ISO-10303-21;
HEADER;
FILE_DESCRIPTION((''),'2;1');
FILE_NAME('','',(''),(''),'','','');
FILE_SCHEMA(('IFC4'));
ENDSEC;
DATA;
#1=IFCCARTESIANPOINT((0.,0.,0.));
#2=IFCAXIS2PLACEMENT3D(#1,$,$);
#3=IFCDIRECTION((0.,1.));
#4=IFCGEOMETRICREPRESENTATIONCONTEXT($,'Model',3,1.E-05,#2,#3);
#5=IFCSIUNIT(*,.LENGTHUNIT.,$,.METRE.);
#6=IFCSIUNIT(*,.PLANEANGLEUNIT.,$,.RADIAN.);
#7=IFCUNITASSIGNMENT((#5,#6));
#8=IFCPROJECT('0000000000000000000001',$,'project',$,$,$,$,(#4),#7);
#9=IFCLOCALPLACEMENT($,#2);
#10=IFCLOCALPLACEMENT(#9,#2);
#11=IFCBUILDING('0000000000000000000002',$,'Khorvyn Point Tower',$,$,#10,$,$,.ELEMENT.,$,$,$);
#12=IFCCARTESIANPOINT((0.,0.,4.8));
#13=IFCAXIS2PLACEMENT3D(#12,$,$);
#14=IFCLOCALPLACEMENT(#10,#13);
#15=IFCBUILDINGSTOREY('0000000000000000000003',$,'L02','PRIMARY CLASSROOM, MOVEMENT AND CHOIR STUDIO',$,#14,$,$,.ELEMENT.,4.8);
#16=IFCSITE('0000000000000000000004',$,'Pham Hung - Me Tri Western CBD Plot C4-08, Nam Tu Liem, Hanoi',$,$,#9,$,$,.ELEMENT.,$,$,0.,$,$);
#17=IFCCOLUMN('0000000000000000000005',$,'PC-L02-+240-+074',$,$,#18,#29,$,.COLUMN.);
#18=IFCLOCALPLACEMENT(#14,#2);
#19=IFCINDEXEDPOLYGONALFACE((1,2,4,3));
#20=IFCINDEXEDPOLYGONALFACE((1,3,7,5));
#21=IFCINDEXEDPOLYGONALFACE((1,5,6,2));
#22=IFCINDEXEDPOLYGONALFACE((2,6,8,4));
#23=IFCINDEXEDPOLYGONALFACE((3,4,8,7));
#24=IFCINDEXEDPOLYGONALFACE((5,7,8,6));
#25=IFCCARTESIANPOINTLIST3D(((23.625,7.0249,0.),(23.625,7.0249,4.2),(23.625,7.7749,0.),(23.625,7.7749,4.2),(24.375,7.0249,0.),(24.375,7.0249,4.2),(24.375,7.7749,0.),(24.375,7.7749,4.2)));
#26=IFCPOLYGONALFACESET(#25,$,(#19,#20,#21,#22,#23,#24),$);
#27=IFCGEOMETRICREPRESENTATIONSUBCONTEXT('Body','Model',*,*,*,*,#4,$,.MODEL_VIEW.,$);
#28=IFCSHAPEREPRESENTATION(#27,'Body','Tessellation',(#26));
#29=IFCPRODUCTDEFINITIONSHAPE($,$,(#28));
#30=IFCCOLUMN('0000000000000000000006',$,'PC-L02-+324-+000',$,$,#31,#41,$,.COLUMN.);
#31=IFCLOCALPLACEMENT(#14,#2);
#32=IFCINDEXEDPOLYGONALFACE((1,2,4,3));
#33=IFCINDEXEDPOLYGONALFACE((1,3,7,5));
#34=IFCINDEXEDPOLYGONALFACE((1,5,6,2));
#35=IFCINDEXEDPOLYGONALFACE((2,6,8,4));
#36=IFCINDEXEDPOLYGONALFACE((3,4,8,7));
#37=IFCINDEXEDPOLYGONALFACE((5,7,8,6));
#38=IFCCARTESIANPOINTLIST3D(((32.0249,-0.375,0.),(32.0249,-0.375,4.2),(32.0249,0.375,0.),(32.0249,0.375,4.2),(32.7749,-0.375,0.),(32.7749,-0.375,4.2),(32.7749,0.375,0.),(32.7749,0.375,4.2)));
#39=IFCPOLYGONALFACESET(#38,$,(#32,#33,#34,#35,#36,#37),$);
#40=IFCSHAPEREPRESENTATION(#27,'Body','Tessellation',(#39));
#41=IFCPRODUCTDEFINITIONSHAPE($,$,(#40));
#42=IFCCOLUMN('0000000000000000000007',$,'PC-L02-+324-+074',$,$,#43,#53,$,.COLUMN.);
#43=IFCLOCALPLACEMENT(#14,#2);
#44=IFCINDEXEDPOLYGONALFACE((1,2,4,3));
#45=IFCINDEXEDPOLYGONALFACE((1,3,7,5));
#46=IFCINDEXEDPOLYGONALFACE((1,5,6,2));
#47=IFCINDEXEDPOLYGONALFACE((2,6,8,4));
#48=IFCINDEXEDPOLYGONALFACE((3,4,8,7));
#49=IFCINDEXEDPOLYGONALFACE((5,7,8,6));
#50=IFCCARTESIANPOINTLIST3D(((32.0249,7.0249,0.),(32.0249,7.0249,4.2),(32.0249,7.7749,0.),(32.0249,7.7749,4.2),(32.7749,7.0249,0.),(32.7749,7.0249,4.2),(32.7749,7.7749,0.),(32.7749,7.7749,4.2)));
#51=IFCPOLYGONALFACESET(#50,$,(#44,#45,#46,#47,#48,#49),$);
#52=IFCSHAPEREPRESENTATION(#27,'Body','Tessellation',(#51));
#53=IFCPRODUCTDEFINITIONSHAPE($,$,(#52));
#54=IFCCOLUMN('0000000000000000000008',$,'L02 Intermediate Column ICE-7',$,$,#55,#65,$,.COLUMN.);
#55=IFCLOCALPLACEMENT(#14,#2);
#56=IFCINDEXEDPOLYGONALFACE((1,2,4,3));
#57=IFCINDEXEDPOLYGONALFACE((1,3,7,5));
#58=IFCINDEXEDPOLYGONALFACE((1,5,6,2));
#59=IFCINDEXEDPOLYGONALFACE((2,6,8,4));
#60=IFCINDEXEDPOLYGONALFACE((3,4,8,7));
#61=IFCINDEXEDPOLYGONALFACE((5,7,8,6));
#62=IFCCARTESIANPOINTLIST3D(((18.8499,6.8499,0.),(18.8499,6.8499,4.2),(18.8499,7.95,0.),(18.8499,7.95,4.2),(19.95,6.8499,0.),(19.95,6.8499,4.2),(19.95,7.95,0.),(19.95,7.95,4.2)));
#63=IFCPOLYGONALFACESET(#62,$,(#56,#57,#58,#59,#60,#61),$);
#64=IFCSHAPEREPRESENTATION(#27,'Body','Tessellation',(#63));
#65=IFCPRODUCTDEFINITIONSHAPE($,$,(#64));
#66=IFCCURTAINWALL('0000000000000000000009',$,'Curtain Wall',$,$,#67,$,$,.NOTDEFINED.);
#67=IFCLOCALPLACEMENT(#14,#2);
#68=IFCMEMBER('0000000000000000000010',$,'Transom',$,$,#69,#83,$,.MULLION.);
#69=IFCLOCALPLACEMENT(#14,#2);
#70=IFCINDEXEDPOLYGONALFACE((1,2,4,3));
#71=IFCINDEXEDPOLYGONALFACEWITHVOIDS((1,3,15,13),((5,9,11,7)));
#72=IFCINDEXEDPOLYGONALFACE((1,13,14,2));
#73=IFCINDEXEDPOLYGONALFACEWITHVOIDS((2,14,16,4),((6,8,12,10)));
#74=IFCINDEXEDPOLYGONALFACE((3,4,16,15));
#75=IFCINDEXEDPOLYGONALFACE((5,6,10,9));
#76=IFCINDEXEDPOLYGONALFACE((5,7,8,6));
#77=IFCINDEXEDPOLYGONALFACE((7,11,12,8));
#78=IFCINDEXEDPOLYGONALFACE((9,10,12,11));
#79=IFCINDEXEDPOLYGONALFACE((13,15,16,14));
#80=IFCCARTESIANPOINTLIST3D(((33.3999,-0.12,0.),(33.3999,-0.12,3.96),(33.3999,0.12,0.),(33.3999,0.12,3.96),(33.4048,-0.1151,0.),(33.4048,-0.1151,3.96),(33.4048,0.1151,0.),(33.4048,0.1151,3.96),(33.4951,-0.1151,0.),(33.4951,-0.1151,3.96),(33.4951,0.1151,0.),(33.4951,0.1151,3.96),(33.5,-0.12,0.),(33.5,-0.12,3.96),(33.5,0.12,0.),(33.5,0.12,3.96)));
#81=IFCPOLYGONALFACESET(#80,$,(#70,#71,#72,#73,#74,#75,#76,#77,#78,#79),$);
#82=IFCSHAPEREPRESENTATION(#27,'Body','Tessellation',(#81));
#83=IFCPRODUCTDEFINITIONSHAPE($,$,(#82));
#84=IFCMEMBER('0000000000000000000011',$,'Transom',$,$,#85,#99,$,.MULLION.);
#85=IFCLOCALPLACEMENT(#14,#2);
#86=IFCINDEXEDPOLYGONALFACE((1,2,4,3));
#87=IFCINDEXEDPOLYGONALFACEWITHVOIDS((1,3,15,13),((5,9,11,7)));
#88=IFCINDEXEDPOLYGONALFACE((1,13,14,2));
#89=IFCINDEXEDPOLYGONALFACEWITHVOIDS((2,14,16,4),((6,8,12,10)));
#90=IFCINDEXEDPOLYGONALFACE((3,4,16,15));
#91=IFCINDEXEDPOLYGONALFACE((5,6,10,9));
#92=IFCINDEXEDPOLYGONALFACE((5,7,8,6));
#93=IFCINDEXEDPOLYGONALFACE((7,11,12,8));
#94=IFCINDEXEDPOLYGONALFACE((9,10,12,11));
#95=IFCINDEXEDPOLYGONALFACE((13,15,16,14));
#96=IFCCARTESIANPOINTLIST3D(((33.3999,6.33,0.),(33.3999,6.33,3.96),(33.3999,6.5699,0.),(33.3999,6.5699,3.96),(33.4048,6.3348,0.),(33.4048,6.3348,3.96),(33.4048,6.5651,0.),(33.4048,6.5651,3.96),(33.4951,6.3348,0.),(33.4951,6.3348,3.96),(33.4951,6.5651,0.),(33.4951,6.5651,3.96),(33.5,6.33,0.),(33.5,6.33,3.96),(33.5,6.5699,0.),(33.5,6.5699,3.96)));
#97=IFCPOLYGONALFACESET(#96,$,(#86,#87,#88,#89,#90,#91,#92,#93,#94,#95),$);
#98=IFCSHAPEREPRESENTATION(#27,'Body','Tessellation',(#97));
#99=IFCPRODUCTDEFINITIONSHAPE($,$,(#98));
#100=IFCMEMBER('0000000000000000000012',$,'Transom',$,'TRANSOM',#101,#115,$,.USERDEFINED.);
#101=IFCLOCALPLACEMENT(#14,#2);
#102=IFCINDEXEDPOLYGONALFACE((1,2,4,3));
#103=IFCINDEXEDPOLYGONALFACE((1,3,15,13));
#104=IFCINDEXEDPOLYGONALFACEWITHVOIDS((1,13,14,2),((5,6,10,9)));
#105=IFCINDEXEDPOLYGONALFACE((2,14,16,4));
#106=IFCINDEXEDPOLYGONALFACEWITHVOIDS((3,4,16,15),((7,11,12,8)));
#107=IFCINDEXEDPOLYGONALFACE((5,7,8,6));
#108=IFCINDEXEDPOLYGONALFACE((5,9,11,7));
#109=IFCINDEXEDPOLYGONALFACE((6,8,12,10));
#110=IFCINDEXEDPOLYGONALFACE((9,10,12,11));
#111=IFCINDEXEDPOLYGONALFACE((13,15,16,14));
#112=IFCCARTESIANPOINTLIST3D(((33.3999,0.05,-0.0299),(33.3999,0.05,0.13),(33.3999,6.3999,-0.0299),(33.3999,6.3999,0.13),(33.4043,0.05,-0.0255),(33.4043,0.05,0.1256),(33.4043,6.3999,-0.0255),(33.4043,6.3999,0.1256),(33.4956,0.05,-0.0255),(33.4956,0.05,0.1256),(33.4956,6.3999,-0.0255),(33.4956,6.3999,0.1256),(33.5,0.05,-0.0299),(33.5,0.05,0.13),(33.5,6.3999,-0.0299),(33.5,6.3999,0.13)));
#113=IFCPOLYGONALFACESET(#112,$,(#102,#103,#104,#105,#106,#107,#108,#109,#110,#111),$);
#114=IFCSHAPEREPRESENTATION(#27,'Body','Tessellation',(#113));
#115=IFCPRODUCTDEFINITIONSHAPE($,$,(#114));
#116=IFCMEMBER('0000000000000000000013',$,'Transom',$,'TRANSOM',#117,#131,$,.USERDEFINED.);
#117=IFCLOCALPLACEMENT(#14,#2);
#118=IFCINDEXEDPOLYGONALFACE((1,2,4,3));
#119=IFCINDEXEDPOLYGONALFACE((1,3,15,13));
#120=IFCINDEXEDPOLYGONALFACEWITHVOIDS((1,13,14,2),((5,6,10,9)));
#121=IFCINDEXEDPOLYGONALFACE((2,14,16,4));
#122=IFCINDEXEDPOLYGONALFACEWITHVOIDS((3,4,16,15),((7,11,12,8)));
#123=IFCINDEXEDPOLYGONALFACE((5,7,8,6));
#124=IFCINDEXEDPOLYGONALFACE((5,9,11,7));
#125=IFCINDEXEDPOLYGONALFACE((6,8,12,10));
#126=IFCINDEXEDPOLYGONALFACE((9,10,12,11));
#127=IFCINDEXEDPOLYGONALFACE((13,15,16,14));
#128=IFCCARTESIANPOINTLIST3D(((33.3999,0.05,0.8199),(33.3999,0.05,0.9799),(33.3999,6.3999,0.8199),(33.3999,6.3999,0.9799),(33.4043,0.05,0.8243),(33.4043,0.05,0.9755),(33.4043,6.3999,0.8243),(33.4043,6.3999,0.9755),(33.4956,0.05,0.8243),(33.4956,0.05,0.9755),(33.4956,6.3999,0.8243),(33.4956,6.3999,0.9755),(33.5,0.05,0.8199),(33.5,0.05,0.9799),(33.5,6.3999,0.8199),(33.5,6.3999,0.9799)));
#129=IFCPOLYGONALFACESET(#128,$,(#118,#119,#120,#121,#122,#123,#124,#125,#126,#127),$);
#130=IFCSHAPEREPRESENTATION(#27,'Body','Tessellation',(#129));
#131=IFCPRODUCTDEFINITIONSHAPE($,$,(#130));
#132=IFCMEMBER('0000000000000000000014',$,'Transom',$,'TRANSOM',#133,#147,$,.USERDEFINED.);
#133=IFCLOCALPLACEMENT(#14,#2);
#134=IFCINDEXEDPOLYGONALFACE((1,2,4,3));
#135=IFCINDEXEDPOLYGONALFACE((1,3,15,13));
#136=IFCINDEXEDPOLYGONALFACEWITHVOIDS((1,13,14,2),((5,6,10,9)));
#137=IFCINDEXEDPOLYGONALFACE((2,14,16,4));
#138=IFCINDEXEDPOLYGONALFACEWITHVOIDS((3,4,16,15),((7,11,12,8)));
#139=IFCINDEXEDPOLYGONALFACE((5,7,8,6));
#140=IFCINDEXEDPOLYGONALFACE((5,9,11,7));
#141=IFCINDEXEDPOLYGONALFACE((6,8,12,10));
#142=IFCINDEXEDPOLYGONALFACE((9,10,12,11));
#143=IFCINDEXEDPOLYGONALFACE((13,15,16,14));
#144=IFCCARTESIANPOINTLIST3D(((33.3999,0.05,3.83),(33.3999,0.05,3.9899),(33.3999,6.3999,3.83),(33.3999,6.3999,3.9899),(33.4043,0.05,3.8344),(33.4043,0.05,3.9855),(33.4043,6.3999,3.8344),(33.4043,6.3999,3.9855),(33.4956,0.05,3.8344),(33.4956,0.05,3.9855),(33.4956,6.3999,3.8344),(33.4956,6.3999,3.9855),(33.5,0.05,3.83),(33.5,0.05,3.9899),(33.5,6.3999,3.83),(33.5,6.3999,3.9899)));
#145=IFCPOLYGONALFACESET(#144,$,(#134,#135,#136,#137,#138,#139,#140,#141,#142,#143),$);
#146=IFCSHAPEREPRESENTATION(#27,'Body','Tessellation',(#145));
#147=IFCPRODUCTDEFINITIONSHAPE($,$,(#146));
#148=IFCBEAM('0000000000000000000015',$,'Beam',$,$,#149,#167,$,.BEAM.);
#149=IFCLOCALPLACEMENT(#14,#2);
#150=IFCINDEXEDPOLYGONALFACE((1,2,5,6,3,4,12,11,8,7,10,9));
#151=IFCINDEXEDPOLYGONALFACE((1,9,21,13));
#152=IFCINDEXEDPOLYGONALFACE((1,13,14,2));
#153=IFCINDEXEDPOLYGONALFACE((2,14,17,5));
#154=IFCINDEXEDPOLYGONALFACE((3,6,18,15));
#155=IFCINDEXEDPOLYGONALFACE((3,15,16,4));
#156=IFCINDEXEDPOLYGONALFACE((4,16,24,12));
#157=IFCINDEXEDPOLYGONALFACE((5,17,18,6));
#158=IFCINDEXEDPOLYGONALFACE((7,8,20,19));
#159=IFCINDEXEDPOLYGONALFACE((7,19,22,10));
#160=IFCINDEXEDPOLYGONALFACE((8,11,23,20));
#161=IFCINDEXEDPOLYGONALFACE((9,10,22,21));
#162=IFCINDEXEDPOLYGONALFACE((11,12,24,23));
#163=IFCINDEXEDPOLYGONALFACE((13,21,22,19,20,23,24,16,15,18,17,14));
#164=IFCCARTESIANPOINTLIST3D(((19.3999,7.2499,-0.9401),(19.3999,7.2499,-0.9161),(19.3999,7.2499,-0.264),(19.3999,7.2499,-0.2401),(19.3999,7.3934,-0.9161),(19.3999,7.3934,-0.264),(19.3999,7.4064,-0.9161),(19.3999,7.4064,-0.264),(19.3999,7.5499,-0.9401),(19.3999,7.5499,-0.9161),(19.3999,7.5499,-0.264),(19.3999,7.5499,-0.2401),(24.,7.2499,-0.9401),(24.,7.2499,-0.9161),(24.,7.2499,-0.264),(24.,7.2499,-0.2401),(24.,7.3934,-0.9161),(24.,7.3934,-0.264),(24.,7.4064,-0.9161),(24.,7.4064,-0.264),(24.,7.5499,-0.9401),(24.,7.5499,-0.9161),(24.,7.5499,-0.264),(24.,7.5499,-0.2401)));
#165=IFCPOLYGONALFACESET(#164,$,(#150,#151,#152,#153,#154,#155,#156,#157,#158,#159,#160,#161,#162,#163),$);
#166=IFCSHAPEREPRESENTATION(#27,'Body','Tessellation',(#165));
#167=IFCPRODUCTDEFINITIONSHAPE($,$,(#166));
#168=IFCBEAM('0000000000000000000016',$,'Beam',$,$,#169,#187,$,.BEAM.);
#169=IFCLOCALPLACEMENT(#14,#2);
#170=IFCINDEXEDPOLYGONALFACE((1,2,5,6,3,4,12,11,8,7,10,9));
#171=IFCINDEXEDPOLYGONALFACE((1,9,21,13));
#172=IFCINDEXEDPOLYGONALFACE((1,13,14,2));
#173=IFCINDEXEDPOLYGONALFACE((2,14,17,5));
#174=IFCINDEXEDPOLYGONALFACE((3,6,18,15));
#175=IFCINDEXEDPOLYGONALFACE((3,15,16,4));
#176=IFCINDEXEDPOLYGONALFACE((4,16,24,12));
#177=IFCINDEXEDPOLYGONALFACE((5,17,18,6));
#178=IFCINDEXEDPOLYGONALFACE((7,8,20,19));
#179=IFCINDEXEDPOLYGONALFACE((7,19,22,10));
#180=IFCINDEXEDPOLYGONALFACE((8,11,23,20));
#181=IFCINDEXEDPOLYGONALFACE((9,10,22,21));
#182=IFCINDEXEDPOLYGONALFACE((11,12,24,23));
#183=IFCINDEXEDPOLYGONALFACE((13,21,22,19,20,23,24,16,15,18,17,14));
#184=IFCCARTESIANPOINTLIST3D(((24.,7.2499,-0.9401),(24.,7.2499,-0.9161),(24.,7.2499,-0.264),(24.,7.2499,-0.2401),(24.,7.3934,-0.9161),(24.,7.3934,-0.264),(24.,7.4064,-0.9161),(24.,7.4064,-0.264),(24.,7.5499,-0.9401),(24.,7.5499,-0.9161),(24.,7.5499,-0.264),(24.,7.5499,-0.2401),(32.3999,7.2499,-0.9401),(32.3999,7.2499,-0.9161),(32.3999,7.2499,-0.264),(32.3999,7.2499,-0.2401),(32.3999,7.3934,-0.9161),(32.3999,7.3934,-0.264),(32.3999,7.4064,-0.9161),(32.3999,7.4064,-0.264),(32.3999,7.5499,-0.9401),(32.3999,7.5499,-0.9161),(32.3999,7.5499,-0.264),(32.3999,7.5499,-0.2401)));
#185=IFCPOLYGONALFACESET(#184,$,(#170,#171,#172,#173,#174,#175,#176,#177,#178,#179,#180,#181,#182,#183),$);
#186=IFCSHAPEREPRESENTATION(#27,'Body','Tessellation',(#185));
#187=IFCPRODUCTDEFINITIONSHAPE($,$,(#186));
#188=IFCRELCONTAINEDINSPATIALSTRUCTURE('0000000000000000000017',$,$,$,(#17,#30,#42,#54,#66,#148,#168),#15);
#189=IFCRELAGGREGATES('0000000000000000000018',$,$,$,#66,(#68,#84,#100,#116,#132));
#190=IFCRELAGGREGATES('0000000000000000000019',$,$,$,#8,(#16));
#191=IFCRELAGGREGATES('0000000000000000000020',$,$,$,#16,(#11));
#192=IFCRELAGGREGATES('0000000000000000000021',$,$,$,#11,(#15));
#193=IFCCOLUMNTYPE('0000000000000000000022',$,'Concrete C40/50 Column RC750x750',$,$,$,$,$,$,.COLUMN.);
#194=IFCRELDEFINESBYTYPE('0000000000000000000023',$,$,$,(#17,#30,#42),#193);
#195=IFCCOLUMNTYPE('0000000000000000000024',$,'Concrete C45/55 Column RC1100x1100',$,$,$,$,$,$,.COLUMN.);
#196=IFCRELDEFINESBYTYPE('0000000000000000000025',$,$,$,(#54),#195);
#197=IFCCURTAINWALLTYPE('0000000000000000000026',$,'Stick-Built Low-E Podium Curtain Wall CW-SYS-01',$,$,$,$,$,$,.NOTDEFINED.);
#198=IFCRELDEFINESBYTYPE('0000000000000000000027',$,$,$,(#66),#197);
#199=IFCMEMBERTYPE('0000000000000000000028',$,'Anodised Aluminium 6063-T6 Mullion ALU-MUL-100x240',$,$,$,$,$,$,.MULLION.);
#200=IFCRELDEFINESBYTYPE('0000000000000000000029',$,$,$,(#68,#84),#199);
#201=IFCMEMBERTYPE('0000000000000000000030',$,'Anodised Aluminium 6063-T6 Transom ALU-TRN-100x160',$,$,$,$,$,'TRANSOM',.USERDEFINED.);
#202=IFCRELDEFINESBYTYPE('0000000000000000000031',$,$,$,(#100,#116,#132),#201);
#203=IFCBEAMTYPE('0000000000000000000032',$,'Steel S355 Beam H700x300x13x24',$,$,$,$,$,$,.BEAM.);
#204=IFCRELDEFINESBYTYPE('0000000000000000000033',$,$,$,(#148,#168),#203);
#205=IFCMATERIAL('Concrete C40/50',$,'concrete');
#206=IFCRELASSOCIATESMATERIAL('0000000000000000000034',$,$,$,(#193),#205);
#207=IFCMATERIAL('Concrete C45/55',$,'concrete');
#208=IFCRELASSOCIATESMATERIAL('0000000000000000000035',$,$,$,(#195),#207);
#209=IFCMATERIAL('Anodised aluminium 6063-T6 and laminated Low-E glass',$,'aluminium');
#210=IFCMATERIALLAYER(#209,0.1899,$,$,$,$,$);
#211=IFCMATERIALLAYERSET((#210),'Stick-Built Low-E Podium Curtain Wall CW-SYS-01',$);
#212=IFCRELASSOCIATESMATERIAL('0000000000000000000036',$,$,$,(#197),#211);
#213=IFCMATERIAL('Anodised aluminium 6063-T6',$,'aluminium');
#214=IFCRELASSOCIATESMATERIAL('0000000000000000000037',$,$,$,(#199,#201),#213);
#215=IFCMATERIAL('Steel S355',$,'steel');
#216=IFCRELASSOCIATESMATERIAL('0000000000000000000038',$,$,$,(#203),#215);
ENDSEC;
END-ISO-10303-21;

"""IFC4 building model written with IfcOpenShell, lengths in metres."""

from ifc_helpers import new_model, si_unit, direction, frame, origin, origin_2d, place, context, subcontext, project, spatial, rectangle, hollow_rectangle, i_section, extrude, material, layer, layer_set, material_profile, profile_set, type_object, element, aggregate, save


model = new_model("IFC4")

# Units and contexts
model_context = context("Model", 3, precision=1e-05, world=origin(), true_north=direction((0.0, 1.0)))
body_context = subcontext(model_context, "Body", "Model", "MODEL_VIEW")
ifc_project = project(units=[si_unit("LENGTHUNIT", "METRE"), si_unit("PLANEANGLEUNIT", "RADIAN")], contexts=[model_context])

# Site, building, storey
site_placement = place(None, origin())
site = spatial("IfcSite", under=ifc_project, at=site_placement, Name="Pham Hung - Me Tri Western CBD Plot C4-08, Nam Tu Liem, Hanoi", CompositionType="ELEMENT", RefElevation=0.0)
building_placement = place(site_placement, origin())
building = spatial("IfcBuilding", under=site, at=building_placement, Name="Khorvyn Point Tower", CompositionType="ELEMENT")
storey_placement = place(building_placement, frame((0.0, 0.0, 4.8)))
storey = spatial("IfcBuildingStorey", under=building, at=storey_placement, Name="L02", Description="PRIMARY CLASSROOM, MOVEMENT AND CHOIR STUDIO", CompositionType="ELEMENT", Elevation=4.8)

# Columns
ifc_material_1 = material(Name="Concrete C40/50", Category="concrete")
ifc_material_profile_1 = material_profile(ifc_material_1, rectangle(XDim=0.75, YDim=0.75, at=origin_2d()))
ifc_profile_set_1 = profile_set([ifc_material_profile_1], Name="Concrete C40/50 RC750x750")
column_type_1 = type_object("IfcColumnType", Name="Concrete C40/50 Column RC750x750", PredefinedType="COLUMN", material=ifc_profile_set_1)
for number, where, z_axis, x_axis, name in (
    (1, (24.0, 7.3999, 0.0), (0.0, 0.0, 1.0), (1.0, 0.0, 0.0), "PC-L02-+240-+074"),
    (2, (32.3999, 0.0, 0.0), (0.0, 0.0, 1.0), (1.0, 0.0, 0.0), "PC-L02-+324-+000"),
    (3, (32.3999, 7.3999, 0.0), (0.0, 0.0, 1.0), (1.0, 0.0, 0.0), "PC-L02-+324-+074"),
):
    element("IfcColumn", number, at=place(storey_placement, frame(where, z_axis=z_axis, x_axis=x_axis)), inside=storey, type_object=column_type_1, Name=name, PredefinedType="COLUMN", context=body_context, shape_type="SweptSolid", body=[
        extrude(rectangle(XDim=0.75, YDim=0.75, at=origin_2d()), origin(), (0.0, 0.0, 1.0), 4.2),
    ])
ifc_material_2 = material(Name="Concrete C45/55", Category="concrete")
ifc_material_profile_2 = material_profile(ifc_material_2, rectangle(XDim=1.1001, YDim=1.1001, at=origin_2d()))
ifc_profile_set_2 = profile_set([ifc_material_profile_2], Name="Concrete C45/55 RC1100x1100")
column_type_2 = type_object("IfcColumnType", Name="Concrete C45/55 Column RC1100x1100", PredefinedType="COLUMN", material=ifc_profile_set_2)
column_placement = place(storey_placement, frame((19.3999, 7.3999, 0.0), z_axis=(0.0, 0.0, 1.0), x_axis=(1.0, 0.0, 0.0)))
element("IfcColumn", 4, at=column_placement, inside=storey, type_object=column_type_2, Name="L02 Intermediate Column ICE-7", PredefinedType="COLUMN", context=body_context, shape_type="SweptSolid", body=[
    extrude(rectangle(XDim=1.1001, YDim=1.1001, at=origin_2d()), origin(), (0.0, 0.0, 1.0), 4.2),
])

# Curtain wall, members
ifc_material_3 = material(Name="Anodised aluminium 6063-T6 and laminated Low-E glass", Category="aluminium")
ifc_layer_1 = layer(ifc_material_3, 0.1899)
ifc_layer_set_1 = layer_set([ifc_layer_1], Name="Stick-Built Low-E Podium Curtain Wall CW-SYS-01")
curtain_wall_type = type_object("IfcCurtainWallType", Name="Stick-Built Low-E Podium Curtain Wall CW-SYS-01", PredefinedType="NOTDEFINED", material=ifc_layer_set_1)
curtain_wall_placement = place(storey_placement, origin())
curtain_wall = element("IfcCurtainWall", 5, at=curtain_wall_placement, inside=storey, type_object=curtain_wall_type, Name="Curtain Wall", PredefinedType="NOTDEFINED")
ifc_material_4 = material(Name="Anodised aluminium 6063-T6", Category="aluminium")
ifc_material_profile_3 = material_profile(ifc_material_4, hollow_rectangle(XDim=0.1001, YDim=0.24, WallThickness=0.0049, at=origin_2d()))
ifc_profile_set_3 = profile_set([ifc_material_profile_3], Name="Anodised aluminium 6063-T6 ALU-MUL-100x240")
member_type_1 = type_object("IfcMemberType", Name="Anodised Aluminium 6063-T6 Mullion ALU-MUL-100x240", PredefinedType="MULLION", material=ifc_profile_set_3)
member_1_placement = place(storey_placement, frame((33.45, 0.0, 0.0), z_axis=(0.0, 0.0, 1.0), x_axis=(-1.0, 0.0, 0.0)))
member_1 = element("IfcMember", 6, at=member_1_placement, type_object=member_type_1, Name="Transom", PredefinedType="MULLION", context=body_context, shape_type="SweptSolid", body=[
    extrude(hollow_rectangle(XDim=0.1001, YDim=0.24, WallThickness=0.0049, at=origin_2d()), origin(), (0.0, 0.0, 1.0), 3.96),
])
member_2_placement = place(storey_placement, frame((33.45, 6.45, 0.0), z_axis=(0.0, 0.0, 1.0), x_axis=(-1.0, 0.0, 0.0)))
member_2 = element("IfcMember", 7, at=member_2_placement, type_object=member_type_1, Name="Transom", PredefinedType="MULLION", context=body_context, shape_type="SweptSolid", body=[
    extrude(hollow_rectangle(XDim=0.1001, YDim=0.24, WallThickness=0.0049, at=origin_2d()), origin(), (0.0, 0.0, 1.0), 3.96),
])
ifc_material_profile_4 = material_profile(ifc_material_4, hollow_rectangle(XDim=0.1001, YDim=0.1599, WallThickness=0.0044, at=origin_2d()))
ifc_profile_set_4 = profile_set([ifc_material_profile_4], Name="Anodised aluminium 6063-T6 ALU-TRN-100x160")
member_type_2 = type_object("IfcMemberType", Name="Anodised Aluminium 6063-T6 Transom ALU-TRN-100x160", ElementType="TRANSOM", PredefinedType="USERDEFINED", material=ifc_profile_set_4)
member_3_placement = place(storey_placement, frame((33.45, 0.05, 0.05), z_axis=(0.0, 1.0, 0.0), x_axis=(-1.0, 0.0, 0.0)))
member_3 = element("IfcMember", 8, at=member_3_placement, type_object=member_type_2, Name="Transom", ObjectType="TRANSOM", PredefinedType="USERDEFINED", context=body_context, shape_type="SweptSolid", body=[
    extrude(hollow_rectangle(XDim=0.1001, YDim=0.1599, WallThickness=0.0044, at=origin_2d()), origin(), (0.0, 0.0, 1.0), 6.3499),
])
member_4_placement = place(storey_placement, frame((33.45, 0.05, 0.8999), z_axis=(0.0, 1.0, 0.0), x_axis=(-1.0, 0.0, 0.0)))
member_4 = element("IfcMember", 9, at=member_4_placement, type_object=member_type_2, Name="Transom", ObjectType="TRANSOM", PredefinedType="USERDEFINED", context=body_context, shape_type="SweptSolid", body=[
    extrude(hollow_rectangle(XDim=0.1001, YDim=0.1599, WallThickness=0.0044, at=origin_2d()), origin(), (0.0, 0.0, 1.0), 6.3499),
])
member_5_placement = place(storey_placement, frame((33.45, 0.05, 3.9099), z_axis=(0.0, 1.0, 0.0), x_axis=(-1.0, 0.0, 0.0)))
member_5 = element("IfcMember", 10, at=member_5_placement, type_object=member_type_2, Name="Transom", ObjectType="TRANSOM", PredefinedType="USERDEFINED", context=body_context, shape_type="SweptSolid", body=[
    extrude(hollow_rectangle(XDim=0.1001, YDim=0.1599, WallThickness=0.0044, at=origin_2d()), origin(), (0.0, 0.0, 1.0), 6.3499),
])

# Beams
ifc_material_5 = material(Name="Steel S355", Category="steel")
ifc_material_profile_5 = material_profile(ifc_material_5, i_section(OverallWidth=0.3, OverallDepth=0.7, WebThickness=0.0129, FlangeThickness=0.0239, at=origin_2d()))
ifc_profile_set_5 = profile_set([ifc_material_profile_5], Name="Steel S355 H700x300x13x24")
beam_type_1 = type_object("IfcBeamType", Name="Steel S355 Beam H700x300x13x24", PredefinedType="BEAM", material=ifc_profile_set_5)
beam_1_placement = place(storey_placement, frame((19.3999, 7.3999, -0.5901), z_axis=(1.0, 0.0, 0.0), x_axis=(0.0, 1.0, 0.0)))
element("IfcBeam", 11, at=beam_1_placement, inside=storey, type_object=beam_type_1, Name="Beam", PredefinedType="BEAM", context=body_context, shape_type="SweptSolid", body=[
    extrude(i_section(OverallWidth=0.3, OverallDepth=0.7, WebThickness=0.0129, FlangeThickness=0.0239, at=origin_2d()), origin(), (0.0, 0.0, 1.0), 4.6001),
])
beam_2_placement = place(storey_placement, frame((24.0, 7.3999, -0.5901), z_axis=(1.0, 0.0, 0.0), x_axis=(0.0, 1.0, 0.0)))
element("IfcBeam", 12, at=beam_2_placement, inside=storey, type_object=beam_type_1, Name="Beam", PredefinedType="BEAM", context=body_context, shape_type="SweptSolid", body=[
    extrude(i_section(OverallWidth=0.3, OverallDepth=0.7, WebThickness=0.0129, FlangeThickness=0.0239, at=origin_2d()), origin(), (0.0, 0.0, 1.0), 8.3999),
])

aggregate(curtain_wall, [member_1, member_2, member_3, member_4, member_5])

save(model, "model.ifc")
